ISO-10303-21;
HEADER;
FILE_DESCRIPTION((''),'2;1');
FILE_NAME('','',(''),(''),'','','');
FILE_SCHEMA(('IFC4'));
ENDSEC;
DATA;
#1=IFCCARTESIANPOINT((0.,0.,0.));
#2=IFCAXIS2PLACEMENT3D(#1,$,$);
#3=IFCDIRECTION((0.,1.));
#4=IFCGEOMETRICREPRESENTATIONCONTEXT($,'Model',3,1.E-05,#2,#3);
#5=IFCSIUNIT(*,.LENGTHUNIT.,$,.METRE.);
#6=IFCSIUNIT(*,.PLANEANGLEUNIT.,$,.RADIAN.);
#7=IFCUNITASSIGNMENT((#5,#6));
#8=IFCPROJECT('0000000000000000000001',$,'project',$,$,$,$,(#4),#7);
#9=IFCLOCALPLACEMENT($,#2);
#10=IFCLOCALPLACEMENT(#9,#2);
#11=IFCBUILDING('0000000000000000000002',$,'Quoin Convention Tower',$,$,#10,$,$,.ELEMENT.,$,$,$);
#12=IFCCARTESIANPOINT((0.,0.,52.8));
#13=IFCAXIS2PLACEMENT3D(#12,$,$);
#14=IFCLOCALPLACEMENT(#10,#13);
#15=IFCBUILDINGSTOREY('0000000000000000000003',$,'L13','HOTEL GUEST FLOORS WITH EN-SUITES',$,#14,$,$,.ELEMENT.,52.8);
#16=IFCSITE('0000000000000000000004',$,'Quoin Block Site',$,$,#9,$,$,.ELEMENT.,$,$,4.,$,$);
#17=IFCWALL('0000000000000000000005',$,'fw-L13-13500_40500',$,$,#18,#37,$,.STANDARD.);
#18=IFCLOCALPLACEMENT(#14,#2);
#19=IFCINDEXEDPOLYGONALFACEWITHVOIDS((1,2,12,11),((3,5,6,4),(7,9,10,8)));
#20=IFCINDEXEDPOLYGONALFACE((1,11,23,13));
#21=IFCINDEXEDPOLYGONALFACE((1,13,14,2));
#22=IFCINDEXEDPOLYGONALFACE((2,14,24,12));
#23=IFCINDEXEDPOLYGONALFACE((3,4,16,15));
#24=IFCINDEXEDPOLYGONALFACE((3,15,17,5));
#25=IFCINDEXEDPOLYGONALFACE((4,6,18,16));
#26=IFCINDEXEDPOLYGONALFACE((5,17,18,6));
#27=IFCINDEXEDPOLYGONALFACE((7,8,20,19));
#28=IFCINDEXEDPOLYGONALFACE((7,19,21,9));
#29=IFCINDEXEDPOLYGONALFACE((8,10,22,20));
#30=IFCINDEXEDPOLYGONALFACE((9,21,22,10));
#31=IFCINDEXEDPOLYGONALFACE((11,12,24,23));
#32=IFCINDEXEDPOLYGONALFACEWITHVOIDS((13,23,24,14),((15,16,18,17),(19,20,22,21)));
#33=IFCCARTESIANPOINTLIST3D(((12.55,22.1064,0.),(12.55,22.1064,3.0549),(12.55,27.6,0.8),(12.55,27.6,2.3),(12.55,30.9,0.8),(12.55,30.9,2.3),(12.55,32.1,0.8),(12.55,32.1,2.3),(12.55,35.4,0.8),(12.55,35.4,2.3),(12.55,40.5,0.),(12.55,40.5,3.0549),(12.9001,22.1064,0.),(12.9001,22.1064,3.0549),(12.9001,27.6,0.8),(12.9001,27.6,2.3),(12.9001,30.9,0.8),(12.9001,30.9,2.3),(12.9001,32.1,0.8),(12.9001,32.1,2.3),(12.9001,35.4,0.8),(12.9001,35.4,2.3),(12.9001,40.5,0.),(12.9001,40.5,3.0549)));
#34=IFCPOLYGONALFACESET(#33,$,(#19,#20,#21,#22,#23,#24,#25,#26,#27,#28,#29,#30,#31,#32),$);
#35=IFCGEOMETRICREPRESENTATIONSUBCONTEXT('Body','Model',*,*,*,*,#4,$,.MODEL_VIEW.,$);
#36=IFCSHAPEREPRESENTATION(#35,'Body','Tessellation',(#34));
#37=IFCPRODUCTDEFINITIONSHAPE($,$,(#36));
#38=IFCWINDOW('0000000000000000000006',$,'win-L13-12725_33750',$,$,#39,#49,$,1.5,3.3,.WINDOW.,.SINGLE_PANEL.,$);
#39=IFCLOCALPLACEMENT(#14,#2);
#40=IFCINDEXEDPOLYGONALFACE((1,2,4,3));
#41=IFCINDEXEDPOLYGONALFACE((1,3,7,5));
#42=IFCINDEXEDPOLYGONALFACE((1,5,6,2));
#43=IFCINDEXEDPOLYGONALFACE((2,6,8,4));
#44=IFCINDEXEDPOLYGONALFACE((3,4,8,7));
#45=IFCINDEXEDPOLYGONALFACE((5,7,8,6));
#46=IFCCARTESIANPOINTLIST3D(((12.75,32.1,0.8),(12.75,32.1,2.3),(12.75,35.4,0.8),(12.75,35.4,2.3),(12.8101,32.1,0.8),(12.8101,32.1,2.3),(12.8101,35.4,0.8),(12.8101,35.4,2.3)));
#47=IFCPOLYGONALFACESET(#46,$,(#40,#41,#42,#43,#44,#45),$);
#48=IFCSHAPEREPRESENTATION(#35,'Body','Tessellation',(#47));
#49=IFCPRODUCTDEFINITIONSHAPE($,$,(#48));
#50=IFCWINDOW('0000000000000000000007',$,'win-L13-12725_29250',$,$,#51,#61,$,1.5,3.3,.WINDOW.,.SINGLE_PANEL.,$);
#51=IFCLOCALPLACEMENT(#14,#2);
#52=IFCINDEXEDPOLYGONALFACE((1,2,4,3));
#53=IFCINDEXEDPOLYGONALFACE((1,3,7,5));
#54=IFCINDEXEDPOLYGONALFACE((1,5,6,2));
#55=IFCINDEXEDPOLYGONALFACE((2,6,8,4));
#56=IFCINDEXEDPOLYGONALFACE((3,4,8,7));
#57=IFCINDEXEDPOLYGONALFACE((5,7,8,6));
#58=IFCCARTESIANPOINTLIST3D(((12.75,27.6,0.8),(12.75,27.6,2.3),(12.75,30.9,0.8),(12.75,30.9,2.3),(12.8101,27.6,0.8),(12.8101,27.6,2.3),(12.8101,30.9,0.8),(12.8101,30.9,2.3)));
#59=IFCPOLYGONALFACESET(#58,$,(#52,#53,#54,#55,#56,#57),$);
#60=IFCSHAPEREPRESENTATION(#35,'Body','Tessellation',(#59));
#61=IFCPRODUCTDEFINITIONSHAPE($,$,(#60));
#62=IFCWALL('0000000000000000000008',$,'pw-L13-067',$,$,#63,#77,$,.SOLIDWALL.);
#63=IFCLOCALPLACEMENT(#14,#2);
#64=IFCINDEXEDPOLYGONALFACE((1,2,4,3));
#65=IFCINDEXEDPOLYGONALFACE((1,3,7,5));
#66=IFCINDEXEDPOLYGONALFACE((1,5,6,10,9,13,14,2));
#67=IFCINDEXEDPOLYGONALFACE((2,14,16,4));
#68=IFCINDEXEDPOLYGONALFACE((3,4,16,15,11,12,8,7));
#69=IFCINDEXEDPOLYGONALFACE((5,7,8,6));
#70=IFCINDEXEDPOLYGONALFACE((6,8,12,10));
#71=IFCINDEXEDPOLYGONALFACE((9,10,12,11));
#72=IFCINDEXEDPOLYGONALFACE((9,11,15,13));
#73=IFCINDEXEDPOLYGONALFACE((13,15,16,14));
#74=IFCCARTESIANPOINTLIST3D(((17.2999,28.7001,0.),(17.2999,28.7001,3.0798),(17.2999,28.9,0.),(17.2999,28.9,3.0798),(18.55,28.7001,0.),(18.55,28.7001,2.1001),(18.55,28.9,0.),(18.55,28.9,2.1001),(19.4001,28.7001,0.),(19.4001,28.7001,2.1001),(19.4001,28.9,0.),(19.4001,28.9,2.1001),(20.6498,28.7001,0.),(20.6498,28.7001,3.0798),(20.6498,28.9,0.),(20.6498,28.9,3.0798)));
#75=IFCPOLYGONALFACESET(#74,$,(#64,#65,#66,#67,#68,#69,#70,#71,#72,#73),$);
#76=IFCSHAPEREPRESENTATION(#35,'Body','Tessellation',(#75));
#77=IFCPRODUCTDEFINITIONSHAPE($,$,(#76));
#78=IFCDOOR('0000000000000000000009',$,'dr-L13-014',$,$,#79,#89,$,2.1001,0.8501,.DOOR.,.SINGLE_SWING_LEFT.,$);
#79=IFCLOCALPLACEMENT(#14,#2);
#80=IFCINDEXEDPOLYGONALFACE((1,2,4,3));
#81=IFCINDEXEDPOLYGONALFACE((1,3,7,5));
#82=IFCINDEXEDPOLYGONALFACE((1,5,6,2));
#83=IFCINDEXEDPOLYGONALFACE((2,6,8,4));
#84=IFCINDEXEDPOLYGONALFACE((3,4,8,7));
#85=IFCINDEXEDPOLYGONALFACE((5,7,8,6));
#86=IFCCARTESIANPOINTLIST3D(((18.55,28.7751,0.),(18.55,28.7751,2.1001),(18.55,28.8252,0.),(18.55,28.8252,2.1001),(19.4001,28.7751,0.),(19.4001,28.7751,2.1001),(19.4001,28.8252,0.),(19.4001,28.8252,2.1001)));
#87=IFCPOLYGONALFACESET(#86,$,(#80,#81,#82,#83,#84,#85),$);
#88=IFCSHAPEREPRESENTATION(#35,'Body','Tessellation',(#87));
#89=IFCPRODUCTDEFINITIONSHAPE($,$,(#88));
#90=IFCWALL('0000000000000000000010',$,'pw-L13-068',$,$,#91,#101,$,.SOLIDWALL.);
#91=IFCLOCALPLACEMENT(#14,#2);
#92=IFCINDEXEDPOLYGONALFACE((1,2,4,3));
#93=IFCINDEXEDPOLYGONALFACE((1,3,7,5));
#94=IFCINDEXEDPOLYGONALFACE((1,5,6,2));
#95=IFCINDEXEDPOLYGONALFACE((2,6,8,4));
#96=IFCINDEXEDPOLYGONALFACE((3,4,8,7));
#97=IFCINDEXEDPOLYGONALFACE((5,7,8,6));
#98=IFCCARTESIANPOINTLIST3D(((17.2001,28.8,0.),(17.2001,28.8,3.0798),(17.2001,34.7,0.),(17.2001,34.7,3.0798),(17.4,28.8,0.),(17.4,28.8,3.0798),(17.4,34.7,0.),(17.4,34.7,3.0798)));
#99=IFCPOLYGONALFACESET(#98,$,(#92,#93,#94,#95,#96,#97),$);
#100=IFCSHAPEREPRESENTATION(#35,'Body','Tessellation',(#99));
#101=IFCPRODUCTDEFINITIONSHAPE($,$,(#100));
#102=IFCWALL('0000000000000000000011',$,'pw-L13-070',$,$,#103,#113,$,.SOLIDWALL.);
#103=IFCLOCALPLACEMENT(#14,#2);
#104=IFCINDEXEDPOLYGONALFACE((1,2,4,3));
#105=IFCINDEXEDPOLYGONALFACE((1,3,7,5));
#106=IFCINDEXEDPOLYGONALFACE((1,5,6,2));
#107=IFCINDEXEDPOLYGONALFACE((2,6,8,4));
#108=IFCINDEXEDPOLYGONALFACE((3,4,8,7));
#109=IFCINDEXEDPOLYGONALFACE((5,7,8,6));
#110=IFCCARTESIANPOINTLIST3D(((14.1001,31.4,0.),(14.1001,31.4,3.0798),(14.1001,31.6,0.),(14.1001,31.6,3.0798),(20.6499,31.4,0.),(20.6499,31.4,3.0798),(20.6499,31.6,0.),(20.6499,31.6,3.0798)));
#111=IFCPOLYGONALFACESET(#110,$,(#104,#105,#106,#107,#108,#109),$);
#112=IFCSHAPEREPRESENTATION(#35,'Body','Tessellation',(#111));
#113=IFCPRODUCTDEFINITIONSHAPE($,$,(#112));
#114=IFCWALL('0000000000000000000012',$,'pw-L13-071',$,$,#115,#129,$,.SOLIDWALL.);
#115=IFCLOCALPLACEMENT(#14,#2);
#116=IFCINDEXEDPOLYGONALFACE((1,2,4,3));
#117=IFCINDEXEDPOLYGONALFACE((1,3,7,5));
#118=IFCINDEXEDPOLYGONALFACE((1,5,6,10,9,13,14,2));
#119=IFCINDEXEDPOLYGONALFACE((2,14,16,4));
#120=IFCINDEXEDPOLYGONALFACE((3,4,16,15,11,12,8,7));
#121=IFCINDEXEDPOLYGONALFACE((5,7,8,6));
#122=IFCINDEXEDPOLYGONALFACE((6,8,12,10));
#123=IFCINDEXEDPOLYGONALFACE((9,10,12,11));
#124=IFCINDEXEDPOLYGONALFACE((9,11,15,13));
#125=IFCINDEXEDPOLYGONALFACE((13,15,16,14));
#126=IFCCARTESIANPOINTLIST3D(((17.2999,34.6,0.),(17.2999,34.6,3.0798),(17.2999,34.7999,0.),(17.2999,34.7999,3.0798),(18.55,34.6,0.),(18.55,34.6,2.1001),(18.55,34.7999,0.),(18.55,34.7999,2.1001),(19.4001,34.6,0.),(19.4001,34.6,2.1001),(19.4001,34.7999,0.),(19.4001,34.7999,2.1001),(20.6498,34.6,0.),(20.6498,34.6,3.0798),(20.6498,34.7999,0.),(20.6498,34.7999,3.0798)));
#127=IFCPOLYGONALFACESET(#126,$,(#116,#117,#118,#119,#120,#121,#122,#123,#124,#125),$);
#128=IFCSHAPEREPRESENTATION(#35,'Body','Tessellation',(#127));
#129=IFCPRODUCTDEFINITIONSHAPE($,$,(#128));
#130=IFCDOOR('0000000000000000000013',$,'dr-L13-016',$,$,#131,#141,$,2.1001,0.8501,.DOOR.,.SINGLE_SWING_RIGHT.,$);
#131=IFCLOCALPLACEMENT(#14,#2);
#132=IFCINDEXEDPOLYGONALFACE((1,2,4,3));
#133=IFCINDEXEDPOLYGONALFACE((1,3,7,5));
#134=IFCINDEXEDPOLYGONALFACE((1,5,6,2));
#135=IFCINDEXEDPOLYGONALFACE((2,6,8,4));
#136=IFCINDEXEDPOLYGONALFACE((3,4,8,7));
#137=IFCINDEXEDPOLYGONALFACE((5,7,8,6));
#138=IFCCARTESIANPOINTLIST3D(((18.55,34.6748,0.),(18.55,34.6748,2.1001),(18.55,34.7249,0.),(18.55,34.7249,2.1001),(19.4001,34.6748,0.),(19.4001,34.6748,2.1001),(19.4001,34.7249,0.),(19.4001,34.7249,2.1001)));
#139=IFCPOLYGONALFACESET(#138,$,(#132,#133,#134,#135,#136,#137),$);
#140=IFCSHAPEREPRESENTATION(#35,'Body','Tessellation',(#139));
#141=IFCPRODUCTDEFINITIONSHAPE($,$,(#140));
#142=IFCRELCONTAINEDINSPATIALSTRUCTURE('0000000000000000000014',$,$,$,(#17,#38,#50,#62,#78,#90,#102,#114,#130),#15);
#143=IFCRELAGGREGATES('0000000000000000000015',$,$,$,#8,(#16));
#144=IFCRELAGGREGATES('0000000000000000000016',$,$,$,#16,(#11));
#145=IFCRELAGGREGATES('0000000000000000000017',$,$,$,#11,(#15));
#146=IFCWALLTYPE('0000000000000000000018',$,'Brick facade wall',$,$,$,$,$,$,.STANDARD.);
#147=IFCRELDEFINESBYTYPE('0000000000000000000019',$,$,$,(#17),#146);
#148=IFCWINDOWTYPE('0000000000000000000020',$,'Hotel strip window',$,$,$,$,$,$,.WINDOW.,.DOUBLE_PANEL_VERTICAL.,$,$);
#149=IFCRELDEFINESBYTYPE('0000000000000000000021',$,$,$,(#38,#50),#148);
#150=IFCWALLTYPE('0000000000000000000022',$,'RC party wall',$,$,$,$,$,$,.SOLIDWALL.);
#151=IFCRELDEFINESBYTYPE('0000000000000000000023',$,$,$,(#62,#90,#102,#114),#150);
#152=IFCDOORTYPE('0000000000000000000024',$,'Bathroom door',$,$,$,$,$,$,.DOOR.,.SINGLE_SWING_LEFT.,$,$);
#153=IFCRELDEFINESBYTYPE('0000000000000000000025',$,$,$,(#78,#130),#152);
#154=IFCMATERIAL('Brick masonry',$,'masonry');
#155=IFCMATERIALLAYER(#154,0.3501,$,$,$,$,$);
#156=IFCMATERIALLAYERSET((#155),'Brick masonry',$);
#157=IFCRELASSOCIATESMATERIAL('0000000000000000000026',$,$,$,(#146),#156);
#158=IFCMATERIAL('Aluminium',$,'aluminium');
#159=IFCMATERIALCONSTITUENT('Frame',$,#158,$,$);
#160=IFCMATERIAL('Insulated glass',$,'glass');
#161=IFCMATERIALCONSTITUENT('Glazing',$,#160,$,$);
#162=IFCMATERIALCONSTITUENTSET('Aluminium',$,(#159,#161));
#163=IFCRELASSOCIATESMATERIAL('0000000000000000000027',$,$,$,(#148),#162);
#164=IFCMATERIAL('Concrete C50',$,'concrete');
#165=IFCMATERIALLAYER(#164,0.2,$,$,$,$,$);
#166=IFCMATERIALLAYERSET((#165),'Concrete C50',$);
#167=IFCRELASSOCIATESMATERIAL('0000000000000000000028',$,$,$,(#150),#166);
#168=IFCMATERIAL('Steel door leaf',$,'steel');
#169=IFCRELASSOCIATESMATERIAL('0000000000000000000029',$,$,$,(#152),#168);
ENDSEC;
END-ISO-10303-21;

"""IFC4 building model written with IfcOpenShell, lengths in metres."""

from ifc_helpers import new_model, si_unit, direction, frame, frame_2d, origin, place, context, subcontext, project, spatial, rectangle, extrude, material, layer, layer_set, constituent, constituent_set, type_object, element, fill, save


model = new_model("IFC4")

# Units and contexts
model_context = context("Model", 3, precision=1e-05, world=origin(), true_north=direction((0.0, 1.0)))
body_context = subcontext(model_context, "Body", "Model", "MODEL_VIEW")
ifc_project = project(units=[si_unit("LENGTHUNIT", "METRE"), si_unit("PLANEANGLEUNIT", "RADIAN")], contexts=[model_context])

# Site, building, storey
site_placement = place(None, origin())
site = spatial("IfcSite", under=ifc_project, at=site_placement, Name="Quoin Block Site", CompositionType="ELEMENT", RefElevation=4.0)
building_placement = place(site_placement, origin())
building = spatial("IfcBuilding", under=site, at=building_placement, Name="Quoin Convention Tower", CompositionType="ELEMENT")
storey_placement = place(building_placement, frame((0.0, 0.0, 52.8)))
storey = spatial("IfcBuildingStorey", under=building, at=storey_placement, Name="L13", Description="HOTEL GUEST FLOORS WITH EN-SUITES", CompositionType="ELEMENT", Elevation=52.8)

# Wall, openings, windows
ifc_material_1 = material(Name="Brick masonry", Category="masonry")
ifc_layer_1 = layer(ifc_material_1, 0.3501)
ifc_layer_set_1 = layer_set([ifc_layer_1], Name="Brick masonry")
wall_type_1 = type_object("IfcWallType", Name="Brick facade wall", PredefinedType="STANDARD", material=ifc_layer_set_1)
wall_1_placement = place(storey_placement, frame((12.7251, 40.5, 0.0), z_axis=(0.0, 0.0, 1.0), x_axis=(0.0, -1.0, 0.0)))
wall_1 = element("IfcWall", 1, at=wall_1_placement, inside=storey, type_object=wall_type_1, Name="fw-L13-13500_40500", PredefinedType="STANDARD", context=body_context, shape_type="SweptSolid", body=[
    extrude(rectangle(XDim=18.3936, YDim=0.3501, at=frame_2d((9.1968, 0.0))), origin(), (0.0, 0.0, 1.0), 3.0549),
])
opening_1_placement = place(wall_1_placement, frame((5.1001, 0.0, 0.8)))
opening_1 = element("IfcOpeningElement", 2, at=opening_1_placement, cuts=wall_1, PredefinedType="OPENING", context=body_context, shape_type="SweptSolid", body=[
    extrude(rectangle(XDim=3.3, YDim=1.5, at=frame_2d((1.6499, 0.75))), frame((0.0, 0.1851, 0.0), z_axis=(0.0, -1.0, 0.0), x_axis=(1.0, 0.0, 0.0)), (0.0, 0.0, 1.0), 0.3701),
])
opening_2_placement = place(wall_1_placement, frame((9.6001, 0.0, 0.8)))
opening_2 = element("IfcOpeningElement", 3, at=opening_2_placement, cuts=wall_1, PredefinedType="OPENING", context=body_context, shape_type="SweptSolid", body=[
    extrude(rectangle(XDim=3.3, YDim=1.5, at=frame_2d((1.6499, 0.75))), frame((0.0, 0.1851, 0.0), z_axis=(0.0, -1.0, 0.0), x_axis=(1.0, 0.0, 0.0)), (0.0, 0.0, 1.0), 0.3701),
])
ifc_material_2 = material(Name="Aluminium", Category="aluminium")
ifc_constituent_1 = constituent(ifc_material_2, Name="Frame")
ifc_material_3 = material(Name="Insulated glass", Category="glass")
ifc_constituent_2 = constituent(ifc_material_3, Name="Glazing")
ifc_constituent_set = constituent_set(constituents=[ifc_constituent_1, ifc_constituent_2], Name="Aluminium")
window_type = type_object("IfcWindowType", Name="Hotel strip window", PartitioningType="DOUBLE_PANEL_VERTICAL", PredefinedType="WINDOW", material=ifc_constituent_set)
window_1_placement = place(opening_1_placement, origin())
window_1 = element("IfcWindow", 4, at=window_1_placement, inside=storey, type_object=window_type, Name="win-L13-12725_33750", OverallHeight=1.5, OverallWidth=3.3, PartitioningType="SINGLE_PANEL", PredefinedType="WINDOW", context=body_context, shape_type="SweptSolid", body=[
    extrude(rectangle(XDim=3.3, YDim=1.5, at=frame_2d((1.6499, 0.75))), frame((0.0, 0.085, 0.0), z_axis=(0.0, -1.0, 0.0), x_axis=(1.0, 0.0, 0.0)), (0.0, 0.0, 1.0), 0.0601),
])
fill(opening_1, window_1)
window_2_placement = place(opening_2_placement, origin())
window_2 = element("IfcWindow", 5, at=window_2_placement, inside=storey, type_object=window_type, Name="win-L13-12725_29250", OverallHeight=1.5, OverallWidth=3.3, PartitioningType="SINGLE_PANEL", PredefinedType="WINDOW", context=body_context, shape_type="SweptSolid", body=[
    extrude(rectangle(XDim=3.3, YDim=1.5, at=frame_2d((1.6499, 0.75))), frame((0.0, 0.085, 0.0), z_axis=(0.0, -1.0, 0.0), x_axis=(1.0, 0.0, 0.0)), (0.0, 0.0, 1.0), 0.0601),
])
fill(opening_2, window_2)

# Wall, opening, door
ifc_material_4 = material(Name="Concrete C50", Category="concrete")
ifc_layer_2 = layer(ifc_material_4, 0.2)
ifc_layer_set_2 = layer_set([ifc_layer_2], Name="Concrete C50")
wall_type_2 = type_object("IfcWallType", Name="RC party wall", PredefinedType="SOLIDWALL", material=ifc_layer_set_2)
wall_2_placement = place(storey_placement, frame((17.3, 28.8, 0.0), z_axis=(0.0, 0.0, 1.0), x_axis=(1.0, 0.0, 0.0)))
wall_2 = element("IfcWall", 6, at=wall_2_placement, inside=storey, type_object=wall_type_2, Name="pw-L13-067", PredefinedType="SOLIDWALL", context=body_context, shape_type="SweptSolid", body=[
    extrude(rectangle(XDim=3.3499, YDim=0.2, at=frame_2d((1.6748, 0.0))), origin(), (0.0, 0.0, 1.0), 3.0798),
])
opening_3_placement = place(wall_2_placement, frame((1.25, 0.0, 0.0)))
opening_3 = element("IfcOpeningElement", 7, at=opening_3_placement, cuts=wall_2, PredefinedType="OPENING", context=body_context, shape_type="SweptSolid", body=[
    extrude(rectangle(XDim=0.8501, YDim=2.1001, at=frame_2d((0.425, 1.05))), frame((0.0, 0.1099, 0.0), z_axis=(0.0, -1.0, 0.0), x_axis=(1.0, 0.0, 0.0)), (0.0, 0.0, 1.0), 0.22),
])
ifc_material_5 = material(Name="Steel door leaf", Category="steel")
door_type_1 = type_object("IfcDoorType", Name="Bathroom door", OperationType="SINGLE_SWING_LEFT", PredefinedType="DOOR", material=ifc_material_5)
door_1_placement = place(opening_3_placement, frame((0.8501, 0.0, 0.0), z_axis=(0.0, 0.0, 1.0), x_axis=(-1.0, 0.0, 0.0)))
door_1 = element("IfcDoor", 8, at=door_1_placement, inside=storey, type_object=door_type_1, Name="dr-L13-014", OperationType="SINGLE_SWING_LEFT", OverallHeight=2.1001, OverallWidth=0.8501, PredefinedType="DOOR", context=body_context, shape_type="SweptSolid", body=[
    extrude(rectangle(XDim=0.8501, YDim=2.1001, at=frame_2d((0.425, 1.05))), frame((0.0, 0.0249, 0.0), z_axis=(0.0, -1.0, 0.0), x_axis=(1.0, 0.0, 0.0)), (0.0, 0.0, 1.0), 0.05),
])
fill(opening_3, door_1)

# Walls
wall_3_placement = place(storey_placement, frame((17.3, 28.8, 0.0), z_axis=(0.0, 0.0, 1.0), x_axis=(0.0, 1.0, 0.0)))
element("IfcWall", 9, at=wall_3_placement, inside=storey, type_object=wall_type_2, Name="pw-L13-068", PredefinedType="SOLIDWALL", context=body_context, shape_type="SweptSolid", body=[
    extrude(rectangle(XDim=5.8999, YDim=0.2, at=frame_2d((2.95, 0.0))), origin(), (0.0, 0.0, 1.0), 3.0798),
])
wall_4_placement = place(storey_placement, frame((14.1001, 31.5, 0.0), z_axis=(0.0, 0.0, 1.0), x_axis=(1.0, 0.0, 0.0)))
element("IfcWall", 10, at=wall_4_placement, inside=storey, type_object=wall_type_2, Name="pw-L13-070", PredefinedType="SOLIDWALL", context=body_context, shape_type="SweptSolid", body=[
    extrude(rectangle(XDim=6.5498, YDim=0.2, at=frame_2d((3.2749, 0.0))), origin(), (0.0, 0.0, 1.0), 3.0798),
])

# Wall, opening, door
wall_5_placement = place(storey_placement, frame((17.3, 34.7, 0.0), z_axis=(0.0, 0.0, 1.0), x_axis=(1.0, 0.0, 0.0)))
wall_5 = element("IfcWall", 11, at=wall_5_placement, inside=storey, type_object=wall_type_2, Name="pw-L13-071", PredefinedType="SOLIDWALL", context=body_context, shape_type="SweptSolid", body=[
    extrude(rectangle(XDim=3.3499, YDim=0.2, at=frame_2d((1.6748, 0.0))), origin(), (0.0, 0.0, 1.0), 3.0798),
])
opening_4_placement = place(wall_5_placement, frame((1.25, 0.0, 0.0)))
opening_4 = element("IfcOpeningElement", 12, at=opening_4_placement, cuts=wall_5, PredefinedType="OPENING", context=body_context, shape_type="SweptSolid", body=[
    extrude(rectangle(XDim=0.8501, YDim=2.1001, at=frame_2d((0.425, 1.05))), frame((0.0, 0.1099, 0.0), z_axis=(0.0, -1.0, 0.0), x_axis=(1.0, 0.0, 0.0)), (0.0, 0.0, 1.0), 0.22),
])
door_2_placement = place(opening_4_placement, origin())
door_2 = element("IfcDoor", 13, at=door_2_placement, inside=storey, type_object=door_type_1, Name="dr-L13-016", OperationType="SINGLE_SWING_RIGHT", OverallHeight=2.1001, OverallWidth=0.8501, PredefinedType="DOOR", context=body_context, shape_type="SweptSolid", body=[
    extrude(rectangle(XDim=0.8501, YDim=2.1001, at=frame_2d((0.425, 1.05))), frame((0.0, 0.0249, 0.0), z_axis=(0.0, -1.0, 0.0), x_axis=(1.0, 0.0, 0.0)), (0.0, 0.0, 1.0), 0.05),
])
fill(opening_4, door_2)

save(model, "model.ifc")
